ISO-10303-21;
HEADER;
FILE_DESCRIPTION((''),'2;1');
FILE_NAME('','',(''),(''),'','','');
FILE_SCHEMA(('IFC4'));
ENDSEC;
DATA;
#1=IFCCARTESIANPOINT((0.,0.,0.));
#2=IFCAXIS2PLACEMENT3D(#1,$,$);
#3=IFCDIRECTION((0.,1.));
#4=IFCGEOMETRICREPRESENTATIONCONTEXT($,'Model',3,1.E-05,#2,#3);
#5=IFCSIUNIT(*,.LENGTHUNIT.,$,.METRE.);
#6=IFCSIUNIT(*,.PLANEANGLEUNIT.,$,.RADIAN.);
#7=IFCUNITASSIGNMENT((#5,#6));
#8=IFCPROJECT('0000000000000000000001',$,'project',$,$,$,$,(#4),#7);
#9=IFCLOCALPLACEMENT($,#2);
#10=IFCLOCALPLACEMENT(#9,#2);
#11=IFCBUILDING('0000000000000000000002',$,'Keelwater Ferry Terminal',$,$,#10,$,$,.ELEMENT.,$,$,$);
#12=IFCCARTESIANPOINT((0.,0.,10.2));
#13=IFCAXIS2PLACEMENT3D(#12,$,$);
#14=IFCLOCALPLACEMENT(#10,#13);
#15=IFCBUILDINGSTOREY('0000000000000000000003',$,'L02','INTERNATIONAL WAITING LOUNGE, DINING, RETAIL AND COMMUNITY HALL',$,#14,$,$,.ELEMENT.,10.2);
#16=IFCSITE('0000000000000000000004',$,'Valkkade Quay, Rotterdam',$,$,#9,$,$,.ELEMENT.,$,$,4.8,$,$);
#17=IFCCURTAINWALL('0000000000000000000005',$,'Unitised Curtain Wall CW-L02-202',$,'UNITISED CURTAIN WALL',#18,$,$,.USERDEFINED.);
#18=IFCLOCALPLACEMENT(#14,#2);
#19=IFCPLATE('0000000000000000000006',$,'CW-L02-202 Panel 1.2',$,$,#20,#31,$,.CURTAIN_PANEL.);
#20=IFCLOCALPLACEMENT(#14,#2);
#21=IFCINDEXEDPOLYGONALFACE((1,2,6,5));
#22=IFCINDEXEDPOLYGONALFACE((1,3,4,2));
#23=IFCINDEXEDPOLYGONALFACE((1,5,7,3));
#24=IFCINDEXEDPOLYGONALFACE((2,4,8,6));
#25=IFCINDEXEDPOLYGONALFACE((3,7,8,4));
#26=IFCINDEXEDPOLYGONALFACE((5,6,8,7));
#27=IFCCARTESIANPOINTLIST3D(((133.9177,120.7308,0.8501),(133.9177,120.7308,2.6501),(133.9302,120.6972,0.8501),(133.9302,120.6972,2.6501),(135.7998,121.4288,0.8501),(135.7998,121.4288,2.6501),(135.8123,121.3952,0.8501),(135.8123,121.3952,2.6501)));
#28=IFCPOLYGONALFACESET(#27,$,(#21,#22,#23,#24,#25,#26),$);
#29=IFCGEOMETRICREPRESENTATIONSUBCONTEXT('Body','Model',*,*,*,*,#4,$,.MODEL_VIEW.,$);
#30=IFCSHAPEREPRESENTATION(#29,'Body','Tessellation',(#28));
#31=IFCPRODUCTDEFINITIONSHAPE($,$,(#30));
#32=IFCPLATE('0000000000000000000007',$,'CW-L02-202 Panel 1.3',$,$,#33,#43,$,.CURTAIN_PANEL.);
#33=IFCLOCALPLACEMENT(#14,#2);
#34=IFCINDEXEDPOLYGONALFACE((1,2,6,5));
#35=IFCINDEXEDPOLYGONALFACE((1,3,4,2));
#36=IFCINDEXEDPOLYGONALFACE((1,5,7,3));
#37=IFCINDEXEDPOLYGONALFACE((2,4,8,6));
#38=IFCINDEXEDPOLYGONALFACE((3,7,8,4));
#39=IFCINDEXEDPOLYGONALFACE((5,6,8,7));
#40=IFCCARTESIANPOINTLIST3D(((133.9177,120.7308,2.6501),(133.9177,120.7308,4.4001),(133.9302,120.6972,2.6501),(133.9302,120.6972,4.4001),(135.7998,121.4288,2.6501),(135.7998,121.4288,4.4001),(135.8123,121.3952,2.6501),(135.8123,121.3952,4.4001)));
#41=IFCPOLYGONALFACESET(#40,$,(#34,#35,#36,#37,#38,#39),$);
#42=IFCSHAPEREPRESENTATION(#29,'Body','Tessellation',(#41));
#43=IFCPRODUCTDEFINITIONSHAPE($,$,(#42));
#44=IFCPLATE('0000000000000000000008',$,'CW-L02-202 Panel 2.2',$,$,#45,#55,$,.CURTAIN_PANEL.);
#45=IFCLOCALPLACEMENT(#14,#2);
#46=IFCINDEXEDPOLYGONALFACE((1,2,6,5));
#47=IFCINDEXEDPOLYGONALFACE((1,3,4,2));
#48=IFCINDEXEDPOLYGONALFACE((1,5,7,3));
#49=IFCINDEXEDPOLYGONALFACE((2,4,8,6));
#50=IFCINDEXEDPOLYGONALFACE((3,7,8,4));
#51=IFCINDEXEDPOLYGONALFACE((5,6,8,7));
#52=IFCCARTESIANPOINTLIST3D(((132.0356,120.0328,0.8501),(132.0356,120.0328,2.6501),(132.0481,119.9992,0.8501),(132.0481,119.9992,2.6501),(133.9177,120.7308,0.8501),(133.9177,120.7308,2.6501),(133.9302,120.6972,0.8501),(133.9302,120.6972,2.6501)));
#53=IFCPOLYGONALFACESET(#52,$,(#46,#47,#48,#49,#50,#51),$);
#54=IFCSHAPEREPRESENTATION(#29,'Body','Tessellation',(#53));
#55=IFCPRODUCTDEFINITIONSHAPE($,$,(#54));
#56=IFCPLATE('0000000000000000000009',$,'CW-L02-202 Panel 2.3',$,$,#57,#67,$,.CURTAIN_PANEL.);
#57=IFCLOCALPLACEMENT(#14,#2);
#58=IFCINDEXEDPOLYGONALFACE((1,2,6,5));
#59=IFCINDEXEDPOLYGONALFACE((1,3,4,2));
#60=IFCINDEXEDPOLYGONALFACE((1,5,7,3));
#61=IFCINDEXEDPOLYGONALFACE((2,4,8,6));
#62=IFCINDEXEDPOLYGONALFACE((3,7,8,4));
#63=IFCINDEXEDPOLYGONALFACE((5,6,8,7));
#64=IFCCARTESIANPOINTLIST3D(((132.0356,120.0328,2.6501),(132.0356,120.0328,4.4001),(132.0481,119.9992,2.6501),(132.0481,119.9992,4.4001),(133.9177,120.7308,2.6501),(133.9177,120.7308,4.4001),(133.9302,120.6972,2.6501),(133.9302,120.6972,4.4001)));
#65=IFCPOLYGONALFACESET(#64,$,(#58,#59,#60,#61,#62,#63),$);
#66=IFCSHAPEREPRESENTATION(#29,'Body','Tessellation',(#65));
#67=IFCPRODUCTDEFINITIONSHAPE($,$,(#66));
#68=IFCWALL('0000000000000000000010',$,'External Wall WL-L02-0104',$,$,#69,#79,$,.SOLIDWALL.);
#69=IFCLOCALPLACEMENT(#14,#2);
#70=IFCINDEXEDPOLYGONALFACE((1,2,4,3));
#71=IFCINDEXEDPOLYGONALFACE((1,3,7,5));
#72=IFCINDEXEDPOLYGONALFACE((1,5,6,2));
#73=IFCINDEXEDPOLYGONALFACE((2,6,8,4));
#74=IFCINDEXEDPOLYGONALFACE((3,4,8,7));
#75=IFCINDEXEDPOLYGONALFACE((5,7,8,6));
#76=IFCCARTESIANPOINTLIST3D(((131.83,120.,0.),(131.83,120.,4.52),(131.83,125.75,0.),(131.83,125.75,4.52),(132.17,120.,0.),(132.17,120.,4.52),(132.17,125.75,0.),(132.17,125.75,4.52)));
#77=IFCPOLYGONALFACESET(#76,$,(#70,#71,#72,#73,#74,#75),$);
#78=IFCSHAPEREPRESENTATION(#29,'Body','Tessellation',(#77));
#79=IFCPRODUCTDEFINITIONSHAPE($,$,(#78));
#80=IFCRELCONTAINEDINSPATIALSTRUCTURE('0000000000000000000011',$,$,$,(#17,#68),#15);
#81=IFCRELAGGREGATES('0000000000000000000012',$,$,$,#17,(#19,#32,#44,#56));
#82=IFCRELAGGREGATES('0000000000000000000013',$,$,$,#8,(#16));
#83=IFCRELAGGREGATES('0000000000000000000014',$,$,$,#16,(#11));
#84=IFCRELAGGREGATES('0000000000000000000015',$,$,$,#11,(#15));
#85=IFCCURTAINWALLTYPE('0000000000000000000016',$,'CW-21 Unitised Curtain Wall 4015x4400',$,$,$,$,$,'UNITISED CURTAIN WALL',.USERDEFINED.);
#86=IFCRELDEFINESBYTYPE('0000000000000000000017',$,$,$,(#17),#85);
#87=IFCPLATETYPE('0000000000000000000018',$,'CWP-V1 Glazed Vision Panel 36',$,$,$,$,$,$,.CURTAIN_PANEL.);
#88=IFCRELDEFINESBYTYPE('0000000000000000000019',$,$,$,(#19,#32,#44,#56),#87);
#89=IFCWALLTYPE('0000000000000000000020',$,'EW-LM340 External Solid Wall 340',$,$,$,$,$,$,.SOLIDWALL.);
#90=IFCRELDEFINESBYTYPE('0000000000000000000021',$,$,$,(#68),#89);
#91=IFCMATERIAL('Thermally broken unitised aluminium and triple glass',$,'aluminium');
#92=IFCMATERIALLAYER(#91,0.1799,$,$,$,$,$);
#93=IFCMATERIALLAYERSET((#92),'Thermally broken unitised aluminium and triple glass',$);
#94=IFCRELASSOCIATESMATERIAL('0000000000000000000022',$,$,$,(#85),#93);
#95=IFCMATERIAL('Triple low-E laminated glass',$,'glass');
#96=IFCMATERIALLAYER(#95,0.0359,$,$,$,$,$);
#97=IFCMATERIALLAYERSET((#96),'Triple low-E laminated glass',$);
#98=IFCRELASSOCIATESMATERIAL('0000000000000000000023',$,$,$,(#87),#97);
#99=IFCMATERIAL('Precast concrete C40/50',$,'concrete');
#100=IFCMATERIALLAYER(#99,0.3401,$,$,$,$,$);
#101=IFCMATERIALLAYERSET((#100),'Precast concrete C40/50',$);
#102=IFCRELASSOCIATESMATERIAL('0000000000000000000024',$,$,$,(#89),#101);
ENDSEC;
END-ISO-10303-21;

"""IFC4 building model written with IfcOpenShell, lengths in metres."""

from ifc_helpers import new_model, si_unit, direction, frame, frame_2d, origin, origin_2d, place, context, subcontext, project, spatial, rectangle, extrude, material, layer, layer_set, type_object, element, aggregate, save


model = new_model("IFC4")

# Units and contexts
model_context = context("Model", 3, precision=1e-05, world=origin(), true_north=direction((0.0, 1.0)))
body_context = subcontext(model_context, "Body", "Model", "MODEL_VIEW")
ifc_project = project(units=[si_unit("LENGTHUNIT", "METRE"), si_unit("PLANEANGLEUNIT", "RADIAN")], contexts=[model_context])

# Site, building, storey
site_placement = place(None, origin())
site = spatial("IfcSite", under=ifc_project, at=site_placement, Name="Valkkade Quay, Rotterdam", CompositionType="ELEMENT", RefElevation=4.8)
building_placement = place(site_placement, origin())
building = spatial("IfcBuilding", under=site, at=building_placement, Name="Keelwater Ferry Terminal", CompositionType="ELEMENT")
storey_placement = place(building_placement, frame((0.0, 0.0, 10.2)))
storey = spatial("IfcBuildingStorey", under=building, at=storey_placement, Name="L02", Description="INTERNATIONAL WAITING LOUNGE, DINING, RETAIL AND COMMUNITY HALL", CompositionType="ELEMENT", Elevation=10.2)

# Curtain wall
ifc_material_1 = material(Name="Thermally broken unitised aluminium and triple glass", Category="aluminium")
ifc_layer_1 = layer(ifc_material_1, 0.1799)
ifc_layer_set_1 = layer_set([ifc_layer_1], Name="Thermally broken unitised aluminium and triple glass")
curtain_wall_type = type_object("IfcCurtainWallType", Name="CW-21 Unitised Curtain Wall 4015x4400", ElementType="UNITISED CURTAIN WALL", PredefinedType="USERDEFINED", material=ifc_layer_set_1)
curtain_wall_1_placement = place(storey_placement, origin())
curtain_wall_1 = element("IfcCurtainWall", 1, at=curtain_wall_1_placement, inside=storey, type_object=curtain_wall_type, Name="Unitised Curtain Wall CW-L02-202", ObjectType="UNITISED CURTAIN WALL", PredefinedType="USERDEFINED")

# Plates
ifc_material_2 = material(Name="Triple low-E laminated glass", Category="glass")
ifc_layer_2 = layer(ifc_material_2, 0.0359)
ifc_layer_set_2 = layer_set([ifc_layer_2], Name="Triple low-E laminated glass")
plate_type_1 = type_object("IfcPlateType", Name="CWP-V1 Glazed Vision Panel 36", PredefinedType="CURTAIN_PANEL", material=ifc_layer_set_2)
plate_1_placement = place(storey_placement, frame((134.865, 121.063, 0.8501), z_axis=(0.0, 0.0, 1.0), x_axis=(-0.937592, -0.347736, 0.0)))
plate_1 = element("IfcPlate", 2, at=plate_1_placement, type_object=plate_type_1, Name="CW-L02-202 Panel 1.2", PredefinedType="CURTAIN_PANEL", context=body_context, shape_type="SweptSolid", body=[
    extrude(rectangle(XDim=2.0073, YDim=0.0359, at=origin_2d()), origin(), (0.0, 0.0, 1.0), 1.8),
])
plate_2_placement = place(storey_placement, frame((134.865, 121.063, 2.6501), z_axis=(0.0, 0.0, 1.0), x_axis=(-0.937592, -0.347736, 0.0)))
plate_2 = element("IfcPlate", 3, at=plate_2_placement, type_object=plate_type_1, Name="CW-L02-202 Panel 1.3", PredefinedType="CURTAIN_PANEL", context=body_context, shape_type="SweptSolid", body=[
    extrude(rectangle(XDim=2.0073, YDim=0.0359, at=origin_2d()), origin(), (0.0, 0.0, 1.0), 1.75),
])
plate_3_placement = place(storey_placement, frame((132.9829, 120.365, 0.8501), z_axis=(0.0, 0.0, 1.0), x_axis=(-0.937592, -0.347736, 0.0)))
plate_3 = element("IfcPlate", 4, at=plate_3_placement, type_object=plate_type_1, Name="CW-L02-202 Panel 2.2", PredefinedType="CURTAIN_PANEL", context=body_context, shape_type="SweptSolid", body=[
    extrude(rectangle(XDim=2.0073, YDim=0.0359, at=origin_2d()), origin(), (0.0, 0.0, 1.0), 1.8),
])
plate_4_placement = place(storey_placement, frame((132.9829, 120.365, 2.6501), z_axis=(0.0, 0.0, 1.0), x_axis=(-0.937592, -0.347736, 0.0)))
plate_4 = element("IfcPlate", 5, at=plate_4_placement, type_object=plate_type_1, Name="CW-L02-202 Panel 2.3", PredefinedType="CURTAIN_PANEL", context=body_context, shape_type="SweptSolid", body=[
    extrude(rectangle(XDim=2.0073, YDim=0.0359, at=origin_2d()), origin(), (0.0, 0.0, 1.0), 1.75),
])
aggregate(curtain_wall_1, [plate_1, plate_2, plate_3, plate_4])

# Wall
ifc_material_3 = material(Name="Precast concrete C40/50", Category="concrete")
ifc_layer_3 = layer(ifc_material_3, 0.3401)
ifc_layer_set_3 = layer_set([ifc_layer_3], Name="Precast concrete C40/50")
wall_type = type_object("IfcWallType", Name="EW-LM340 External Solid Wall 340", PredefinedType="SOLIDWALL", material=ifc_layer_set_3)
wall_placement = place(storey_placement, frame((132.0, 125.75, 0.0), z_axis=(0.0, 0.0, 1.0), x_axis=(0.0, -1.0, 0.0)))
element("IfcWall", 6, at=wall_placement, inside=storey, type_object=wall_type, Name="External Wall WL-L02-0104", PredefinedType="SOLIDWALL", context=body_context, shape_type="SweptSolid", body=[
    extrude(rectangle(XDim=5.75, YDim=0.3401, at=frame_2d((2.875, 0.0))), origin(), (0.0, 0.0, 1.0), 4.52),
])

save(model, "model.ifc")
